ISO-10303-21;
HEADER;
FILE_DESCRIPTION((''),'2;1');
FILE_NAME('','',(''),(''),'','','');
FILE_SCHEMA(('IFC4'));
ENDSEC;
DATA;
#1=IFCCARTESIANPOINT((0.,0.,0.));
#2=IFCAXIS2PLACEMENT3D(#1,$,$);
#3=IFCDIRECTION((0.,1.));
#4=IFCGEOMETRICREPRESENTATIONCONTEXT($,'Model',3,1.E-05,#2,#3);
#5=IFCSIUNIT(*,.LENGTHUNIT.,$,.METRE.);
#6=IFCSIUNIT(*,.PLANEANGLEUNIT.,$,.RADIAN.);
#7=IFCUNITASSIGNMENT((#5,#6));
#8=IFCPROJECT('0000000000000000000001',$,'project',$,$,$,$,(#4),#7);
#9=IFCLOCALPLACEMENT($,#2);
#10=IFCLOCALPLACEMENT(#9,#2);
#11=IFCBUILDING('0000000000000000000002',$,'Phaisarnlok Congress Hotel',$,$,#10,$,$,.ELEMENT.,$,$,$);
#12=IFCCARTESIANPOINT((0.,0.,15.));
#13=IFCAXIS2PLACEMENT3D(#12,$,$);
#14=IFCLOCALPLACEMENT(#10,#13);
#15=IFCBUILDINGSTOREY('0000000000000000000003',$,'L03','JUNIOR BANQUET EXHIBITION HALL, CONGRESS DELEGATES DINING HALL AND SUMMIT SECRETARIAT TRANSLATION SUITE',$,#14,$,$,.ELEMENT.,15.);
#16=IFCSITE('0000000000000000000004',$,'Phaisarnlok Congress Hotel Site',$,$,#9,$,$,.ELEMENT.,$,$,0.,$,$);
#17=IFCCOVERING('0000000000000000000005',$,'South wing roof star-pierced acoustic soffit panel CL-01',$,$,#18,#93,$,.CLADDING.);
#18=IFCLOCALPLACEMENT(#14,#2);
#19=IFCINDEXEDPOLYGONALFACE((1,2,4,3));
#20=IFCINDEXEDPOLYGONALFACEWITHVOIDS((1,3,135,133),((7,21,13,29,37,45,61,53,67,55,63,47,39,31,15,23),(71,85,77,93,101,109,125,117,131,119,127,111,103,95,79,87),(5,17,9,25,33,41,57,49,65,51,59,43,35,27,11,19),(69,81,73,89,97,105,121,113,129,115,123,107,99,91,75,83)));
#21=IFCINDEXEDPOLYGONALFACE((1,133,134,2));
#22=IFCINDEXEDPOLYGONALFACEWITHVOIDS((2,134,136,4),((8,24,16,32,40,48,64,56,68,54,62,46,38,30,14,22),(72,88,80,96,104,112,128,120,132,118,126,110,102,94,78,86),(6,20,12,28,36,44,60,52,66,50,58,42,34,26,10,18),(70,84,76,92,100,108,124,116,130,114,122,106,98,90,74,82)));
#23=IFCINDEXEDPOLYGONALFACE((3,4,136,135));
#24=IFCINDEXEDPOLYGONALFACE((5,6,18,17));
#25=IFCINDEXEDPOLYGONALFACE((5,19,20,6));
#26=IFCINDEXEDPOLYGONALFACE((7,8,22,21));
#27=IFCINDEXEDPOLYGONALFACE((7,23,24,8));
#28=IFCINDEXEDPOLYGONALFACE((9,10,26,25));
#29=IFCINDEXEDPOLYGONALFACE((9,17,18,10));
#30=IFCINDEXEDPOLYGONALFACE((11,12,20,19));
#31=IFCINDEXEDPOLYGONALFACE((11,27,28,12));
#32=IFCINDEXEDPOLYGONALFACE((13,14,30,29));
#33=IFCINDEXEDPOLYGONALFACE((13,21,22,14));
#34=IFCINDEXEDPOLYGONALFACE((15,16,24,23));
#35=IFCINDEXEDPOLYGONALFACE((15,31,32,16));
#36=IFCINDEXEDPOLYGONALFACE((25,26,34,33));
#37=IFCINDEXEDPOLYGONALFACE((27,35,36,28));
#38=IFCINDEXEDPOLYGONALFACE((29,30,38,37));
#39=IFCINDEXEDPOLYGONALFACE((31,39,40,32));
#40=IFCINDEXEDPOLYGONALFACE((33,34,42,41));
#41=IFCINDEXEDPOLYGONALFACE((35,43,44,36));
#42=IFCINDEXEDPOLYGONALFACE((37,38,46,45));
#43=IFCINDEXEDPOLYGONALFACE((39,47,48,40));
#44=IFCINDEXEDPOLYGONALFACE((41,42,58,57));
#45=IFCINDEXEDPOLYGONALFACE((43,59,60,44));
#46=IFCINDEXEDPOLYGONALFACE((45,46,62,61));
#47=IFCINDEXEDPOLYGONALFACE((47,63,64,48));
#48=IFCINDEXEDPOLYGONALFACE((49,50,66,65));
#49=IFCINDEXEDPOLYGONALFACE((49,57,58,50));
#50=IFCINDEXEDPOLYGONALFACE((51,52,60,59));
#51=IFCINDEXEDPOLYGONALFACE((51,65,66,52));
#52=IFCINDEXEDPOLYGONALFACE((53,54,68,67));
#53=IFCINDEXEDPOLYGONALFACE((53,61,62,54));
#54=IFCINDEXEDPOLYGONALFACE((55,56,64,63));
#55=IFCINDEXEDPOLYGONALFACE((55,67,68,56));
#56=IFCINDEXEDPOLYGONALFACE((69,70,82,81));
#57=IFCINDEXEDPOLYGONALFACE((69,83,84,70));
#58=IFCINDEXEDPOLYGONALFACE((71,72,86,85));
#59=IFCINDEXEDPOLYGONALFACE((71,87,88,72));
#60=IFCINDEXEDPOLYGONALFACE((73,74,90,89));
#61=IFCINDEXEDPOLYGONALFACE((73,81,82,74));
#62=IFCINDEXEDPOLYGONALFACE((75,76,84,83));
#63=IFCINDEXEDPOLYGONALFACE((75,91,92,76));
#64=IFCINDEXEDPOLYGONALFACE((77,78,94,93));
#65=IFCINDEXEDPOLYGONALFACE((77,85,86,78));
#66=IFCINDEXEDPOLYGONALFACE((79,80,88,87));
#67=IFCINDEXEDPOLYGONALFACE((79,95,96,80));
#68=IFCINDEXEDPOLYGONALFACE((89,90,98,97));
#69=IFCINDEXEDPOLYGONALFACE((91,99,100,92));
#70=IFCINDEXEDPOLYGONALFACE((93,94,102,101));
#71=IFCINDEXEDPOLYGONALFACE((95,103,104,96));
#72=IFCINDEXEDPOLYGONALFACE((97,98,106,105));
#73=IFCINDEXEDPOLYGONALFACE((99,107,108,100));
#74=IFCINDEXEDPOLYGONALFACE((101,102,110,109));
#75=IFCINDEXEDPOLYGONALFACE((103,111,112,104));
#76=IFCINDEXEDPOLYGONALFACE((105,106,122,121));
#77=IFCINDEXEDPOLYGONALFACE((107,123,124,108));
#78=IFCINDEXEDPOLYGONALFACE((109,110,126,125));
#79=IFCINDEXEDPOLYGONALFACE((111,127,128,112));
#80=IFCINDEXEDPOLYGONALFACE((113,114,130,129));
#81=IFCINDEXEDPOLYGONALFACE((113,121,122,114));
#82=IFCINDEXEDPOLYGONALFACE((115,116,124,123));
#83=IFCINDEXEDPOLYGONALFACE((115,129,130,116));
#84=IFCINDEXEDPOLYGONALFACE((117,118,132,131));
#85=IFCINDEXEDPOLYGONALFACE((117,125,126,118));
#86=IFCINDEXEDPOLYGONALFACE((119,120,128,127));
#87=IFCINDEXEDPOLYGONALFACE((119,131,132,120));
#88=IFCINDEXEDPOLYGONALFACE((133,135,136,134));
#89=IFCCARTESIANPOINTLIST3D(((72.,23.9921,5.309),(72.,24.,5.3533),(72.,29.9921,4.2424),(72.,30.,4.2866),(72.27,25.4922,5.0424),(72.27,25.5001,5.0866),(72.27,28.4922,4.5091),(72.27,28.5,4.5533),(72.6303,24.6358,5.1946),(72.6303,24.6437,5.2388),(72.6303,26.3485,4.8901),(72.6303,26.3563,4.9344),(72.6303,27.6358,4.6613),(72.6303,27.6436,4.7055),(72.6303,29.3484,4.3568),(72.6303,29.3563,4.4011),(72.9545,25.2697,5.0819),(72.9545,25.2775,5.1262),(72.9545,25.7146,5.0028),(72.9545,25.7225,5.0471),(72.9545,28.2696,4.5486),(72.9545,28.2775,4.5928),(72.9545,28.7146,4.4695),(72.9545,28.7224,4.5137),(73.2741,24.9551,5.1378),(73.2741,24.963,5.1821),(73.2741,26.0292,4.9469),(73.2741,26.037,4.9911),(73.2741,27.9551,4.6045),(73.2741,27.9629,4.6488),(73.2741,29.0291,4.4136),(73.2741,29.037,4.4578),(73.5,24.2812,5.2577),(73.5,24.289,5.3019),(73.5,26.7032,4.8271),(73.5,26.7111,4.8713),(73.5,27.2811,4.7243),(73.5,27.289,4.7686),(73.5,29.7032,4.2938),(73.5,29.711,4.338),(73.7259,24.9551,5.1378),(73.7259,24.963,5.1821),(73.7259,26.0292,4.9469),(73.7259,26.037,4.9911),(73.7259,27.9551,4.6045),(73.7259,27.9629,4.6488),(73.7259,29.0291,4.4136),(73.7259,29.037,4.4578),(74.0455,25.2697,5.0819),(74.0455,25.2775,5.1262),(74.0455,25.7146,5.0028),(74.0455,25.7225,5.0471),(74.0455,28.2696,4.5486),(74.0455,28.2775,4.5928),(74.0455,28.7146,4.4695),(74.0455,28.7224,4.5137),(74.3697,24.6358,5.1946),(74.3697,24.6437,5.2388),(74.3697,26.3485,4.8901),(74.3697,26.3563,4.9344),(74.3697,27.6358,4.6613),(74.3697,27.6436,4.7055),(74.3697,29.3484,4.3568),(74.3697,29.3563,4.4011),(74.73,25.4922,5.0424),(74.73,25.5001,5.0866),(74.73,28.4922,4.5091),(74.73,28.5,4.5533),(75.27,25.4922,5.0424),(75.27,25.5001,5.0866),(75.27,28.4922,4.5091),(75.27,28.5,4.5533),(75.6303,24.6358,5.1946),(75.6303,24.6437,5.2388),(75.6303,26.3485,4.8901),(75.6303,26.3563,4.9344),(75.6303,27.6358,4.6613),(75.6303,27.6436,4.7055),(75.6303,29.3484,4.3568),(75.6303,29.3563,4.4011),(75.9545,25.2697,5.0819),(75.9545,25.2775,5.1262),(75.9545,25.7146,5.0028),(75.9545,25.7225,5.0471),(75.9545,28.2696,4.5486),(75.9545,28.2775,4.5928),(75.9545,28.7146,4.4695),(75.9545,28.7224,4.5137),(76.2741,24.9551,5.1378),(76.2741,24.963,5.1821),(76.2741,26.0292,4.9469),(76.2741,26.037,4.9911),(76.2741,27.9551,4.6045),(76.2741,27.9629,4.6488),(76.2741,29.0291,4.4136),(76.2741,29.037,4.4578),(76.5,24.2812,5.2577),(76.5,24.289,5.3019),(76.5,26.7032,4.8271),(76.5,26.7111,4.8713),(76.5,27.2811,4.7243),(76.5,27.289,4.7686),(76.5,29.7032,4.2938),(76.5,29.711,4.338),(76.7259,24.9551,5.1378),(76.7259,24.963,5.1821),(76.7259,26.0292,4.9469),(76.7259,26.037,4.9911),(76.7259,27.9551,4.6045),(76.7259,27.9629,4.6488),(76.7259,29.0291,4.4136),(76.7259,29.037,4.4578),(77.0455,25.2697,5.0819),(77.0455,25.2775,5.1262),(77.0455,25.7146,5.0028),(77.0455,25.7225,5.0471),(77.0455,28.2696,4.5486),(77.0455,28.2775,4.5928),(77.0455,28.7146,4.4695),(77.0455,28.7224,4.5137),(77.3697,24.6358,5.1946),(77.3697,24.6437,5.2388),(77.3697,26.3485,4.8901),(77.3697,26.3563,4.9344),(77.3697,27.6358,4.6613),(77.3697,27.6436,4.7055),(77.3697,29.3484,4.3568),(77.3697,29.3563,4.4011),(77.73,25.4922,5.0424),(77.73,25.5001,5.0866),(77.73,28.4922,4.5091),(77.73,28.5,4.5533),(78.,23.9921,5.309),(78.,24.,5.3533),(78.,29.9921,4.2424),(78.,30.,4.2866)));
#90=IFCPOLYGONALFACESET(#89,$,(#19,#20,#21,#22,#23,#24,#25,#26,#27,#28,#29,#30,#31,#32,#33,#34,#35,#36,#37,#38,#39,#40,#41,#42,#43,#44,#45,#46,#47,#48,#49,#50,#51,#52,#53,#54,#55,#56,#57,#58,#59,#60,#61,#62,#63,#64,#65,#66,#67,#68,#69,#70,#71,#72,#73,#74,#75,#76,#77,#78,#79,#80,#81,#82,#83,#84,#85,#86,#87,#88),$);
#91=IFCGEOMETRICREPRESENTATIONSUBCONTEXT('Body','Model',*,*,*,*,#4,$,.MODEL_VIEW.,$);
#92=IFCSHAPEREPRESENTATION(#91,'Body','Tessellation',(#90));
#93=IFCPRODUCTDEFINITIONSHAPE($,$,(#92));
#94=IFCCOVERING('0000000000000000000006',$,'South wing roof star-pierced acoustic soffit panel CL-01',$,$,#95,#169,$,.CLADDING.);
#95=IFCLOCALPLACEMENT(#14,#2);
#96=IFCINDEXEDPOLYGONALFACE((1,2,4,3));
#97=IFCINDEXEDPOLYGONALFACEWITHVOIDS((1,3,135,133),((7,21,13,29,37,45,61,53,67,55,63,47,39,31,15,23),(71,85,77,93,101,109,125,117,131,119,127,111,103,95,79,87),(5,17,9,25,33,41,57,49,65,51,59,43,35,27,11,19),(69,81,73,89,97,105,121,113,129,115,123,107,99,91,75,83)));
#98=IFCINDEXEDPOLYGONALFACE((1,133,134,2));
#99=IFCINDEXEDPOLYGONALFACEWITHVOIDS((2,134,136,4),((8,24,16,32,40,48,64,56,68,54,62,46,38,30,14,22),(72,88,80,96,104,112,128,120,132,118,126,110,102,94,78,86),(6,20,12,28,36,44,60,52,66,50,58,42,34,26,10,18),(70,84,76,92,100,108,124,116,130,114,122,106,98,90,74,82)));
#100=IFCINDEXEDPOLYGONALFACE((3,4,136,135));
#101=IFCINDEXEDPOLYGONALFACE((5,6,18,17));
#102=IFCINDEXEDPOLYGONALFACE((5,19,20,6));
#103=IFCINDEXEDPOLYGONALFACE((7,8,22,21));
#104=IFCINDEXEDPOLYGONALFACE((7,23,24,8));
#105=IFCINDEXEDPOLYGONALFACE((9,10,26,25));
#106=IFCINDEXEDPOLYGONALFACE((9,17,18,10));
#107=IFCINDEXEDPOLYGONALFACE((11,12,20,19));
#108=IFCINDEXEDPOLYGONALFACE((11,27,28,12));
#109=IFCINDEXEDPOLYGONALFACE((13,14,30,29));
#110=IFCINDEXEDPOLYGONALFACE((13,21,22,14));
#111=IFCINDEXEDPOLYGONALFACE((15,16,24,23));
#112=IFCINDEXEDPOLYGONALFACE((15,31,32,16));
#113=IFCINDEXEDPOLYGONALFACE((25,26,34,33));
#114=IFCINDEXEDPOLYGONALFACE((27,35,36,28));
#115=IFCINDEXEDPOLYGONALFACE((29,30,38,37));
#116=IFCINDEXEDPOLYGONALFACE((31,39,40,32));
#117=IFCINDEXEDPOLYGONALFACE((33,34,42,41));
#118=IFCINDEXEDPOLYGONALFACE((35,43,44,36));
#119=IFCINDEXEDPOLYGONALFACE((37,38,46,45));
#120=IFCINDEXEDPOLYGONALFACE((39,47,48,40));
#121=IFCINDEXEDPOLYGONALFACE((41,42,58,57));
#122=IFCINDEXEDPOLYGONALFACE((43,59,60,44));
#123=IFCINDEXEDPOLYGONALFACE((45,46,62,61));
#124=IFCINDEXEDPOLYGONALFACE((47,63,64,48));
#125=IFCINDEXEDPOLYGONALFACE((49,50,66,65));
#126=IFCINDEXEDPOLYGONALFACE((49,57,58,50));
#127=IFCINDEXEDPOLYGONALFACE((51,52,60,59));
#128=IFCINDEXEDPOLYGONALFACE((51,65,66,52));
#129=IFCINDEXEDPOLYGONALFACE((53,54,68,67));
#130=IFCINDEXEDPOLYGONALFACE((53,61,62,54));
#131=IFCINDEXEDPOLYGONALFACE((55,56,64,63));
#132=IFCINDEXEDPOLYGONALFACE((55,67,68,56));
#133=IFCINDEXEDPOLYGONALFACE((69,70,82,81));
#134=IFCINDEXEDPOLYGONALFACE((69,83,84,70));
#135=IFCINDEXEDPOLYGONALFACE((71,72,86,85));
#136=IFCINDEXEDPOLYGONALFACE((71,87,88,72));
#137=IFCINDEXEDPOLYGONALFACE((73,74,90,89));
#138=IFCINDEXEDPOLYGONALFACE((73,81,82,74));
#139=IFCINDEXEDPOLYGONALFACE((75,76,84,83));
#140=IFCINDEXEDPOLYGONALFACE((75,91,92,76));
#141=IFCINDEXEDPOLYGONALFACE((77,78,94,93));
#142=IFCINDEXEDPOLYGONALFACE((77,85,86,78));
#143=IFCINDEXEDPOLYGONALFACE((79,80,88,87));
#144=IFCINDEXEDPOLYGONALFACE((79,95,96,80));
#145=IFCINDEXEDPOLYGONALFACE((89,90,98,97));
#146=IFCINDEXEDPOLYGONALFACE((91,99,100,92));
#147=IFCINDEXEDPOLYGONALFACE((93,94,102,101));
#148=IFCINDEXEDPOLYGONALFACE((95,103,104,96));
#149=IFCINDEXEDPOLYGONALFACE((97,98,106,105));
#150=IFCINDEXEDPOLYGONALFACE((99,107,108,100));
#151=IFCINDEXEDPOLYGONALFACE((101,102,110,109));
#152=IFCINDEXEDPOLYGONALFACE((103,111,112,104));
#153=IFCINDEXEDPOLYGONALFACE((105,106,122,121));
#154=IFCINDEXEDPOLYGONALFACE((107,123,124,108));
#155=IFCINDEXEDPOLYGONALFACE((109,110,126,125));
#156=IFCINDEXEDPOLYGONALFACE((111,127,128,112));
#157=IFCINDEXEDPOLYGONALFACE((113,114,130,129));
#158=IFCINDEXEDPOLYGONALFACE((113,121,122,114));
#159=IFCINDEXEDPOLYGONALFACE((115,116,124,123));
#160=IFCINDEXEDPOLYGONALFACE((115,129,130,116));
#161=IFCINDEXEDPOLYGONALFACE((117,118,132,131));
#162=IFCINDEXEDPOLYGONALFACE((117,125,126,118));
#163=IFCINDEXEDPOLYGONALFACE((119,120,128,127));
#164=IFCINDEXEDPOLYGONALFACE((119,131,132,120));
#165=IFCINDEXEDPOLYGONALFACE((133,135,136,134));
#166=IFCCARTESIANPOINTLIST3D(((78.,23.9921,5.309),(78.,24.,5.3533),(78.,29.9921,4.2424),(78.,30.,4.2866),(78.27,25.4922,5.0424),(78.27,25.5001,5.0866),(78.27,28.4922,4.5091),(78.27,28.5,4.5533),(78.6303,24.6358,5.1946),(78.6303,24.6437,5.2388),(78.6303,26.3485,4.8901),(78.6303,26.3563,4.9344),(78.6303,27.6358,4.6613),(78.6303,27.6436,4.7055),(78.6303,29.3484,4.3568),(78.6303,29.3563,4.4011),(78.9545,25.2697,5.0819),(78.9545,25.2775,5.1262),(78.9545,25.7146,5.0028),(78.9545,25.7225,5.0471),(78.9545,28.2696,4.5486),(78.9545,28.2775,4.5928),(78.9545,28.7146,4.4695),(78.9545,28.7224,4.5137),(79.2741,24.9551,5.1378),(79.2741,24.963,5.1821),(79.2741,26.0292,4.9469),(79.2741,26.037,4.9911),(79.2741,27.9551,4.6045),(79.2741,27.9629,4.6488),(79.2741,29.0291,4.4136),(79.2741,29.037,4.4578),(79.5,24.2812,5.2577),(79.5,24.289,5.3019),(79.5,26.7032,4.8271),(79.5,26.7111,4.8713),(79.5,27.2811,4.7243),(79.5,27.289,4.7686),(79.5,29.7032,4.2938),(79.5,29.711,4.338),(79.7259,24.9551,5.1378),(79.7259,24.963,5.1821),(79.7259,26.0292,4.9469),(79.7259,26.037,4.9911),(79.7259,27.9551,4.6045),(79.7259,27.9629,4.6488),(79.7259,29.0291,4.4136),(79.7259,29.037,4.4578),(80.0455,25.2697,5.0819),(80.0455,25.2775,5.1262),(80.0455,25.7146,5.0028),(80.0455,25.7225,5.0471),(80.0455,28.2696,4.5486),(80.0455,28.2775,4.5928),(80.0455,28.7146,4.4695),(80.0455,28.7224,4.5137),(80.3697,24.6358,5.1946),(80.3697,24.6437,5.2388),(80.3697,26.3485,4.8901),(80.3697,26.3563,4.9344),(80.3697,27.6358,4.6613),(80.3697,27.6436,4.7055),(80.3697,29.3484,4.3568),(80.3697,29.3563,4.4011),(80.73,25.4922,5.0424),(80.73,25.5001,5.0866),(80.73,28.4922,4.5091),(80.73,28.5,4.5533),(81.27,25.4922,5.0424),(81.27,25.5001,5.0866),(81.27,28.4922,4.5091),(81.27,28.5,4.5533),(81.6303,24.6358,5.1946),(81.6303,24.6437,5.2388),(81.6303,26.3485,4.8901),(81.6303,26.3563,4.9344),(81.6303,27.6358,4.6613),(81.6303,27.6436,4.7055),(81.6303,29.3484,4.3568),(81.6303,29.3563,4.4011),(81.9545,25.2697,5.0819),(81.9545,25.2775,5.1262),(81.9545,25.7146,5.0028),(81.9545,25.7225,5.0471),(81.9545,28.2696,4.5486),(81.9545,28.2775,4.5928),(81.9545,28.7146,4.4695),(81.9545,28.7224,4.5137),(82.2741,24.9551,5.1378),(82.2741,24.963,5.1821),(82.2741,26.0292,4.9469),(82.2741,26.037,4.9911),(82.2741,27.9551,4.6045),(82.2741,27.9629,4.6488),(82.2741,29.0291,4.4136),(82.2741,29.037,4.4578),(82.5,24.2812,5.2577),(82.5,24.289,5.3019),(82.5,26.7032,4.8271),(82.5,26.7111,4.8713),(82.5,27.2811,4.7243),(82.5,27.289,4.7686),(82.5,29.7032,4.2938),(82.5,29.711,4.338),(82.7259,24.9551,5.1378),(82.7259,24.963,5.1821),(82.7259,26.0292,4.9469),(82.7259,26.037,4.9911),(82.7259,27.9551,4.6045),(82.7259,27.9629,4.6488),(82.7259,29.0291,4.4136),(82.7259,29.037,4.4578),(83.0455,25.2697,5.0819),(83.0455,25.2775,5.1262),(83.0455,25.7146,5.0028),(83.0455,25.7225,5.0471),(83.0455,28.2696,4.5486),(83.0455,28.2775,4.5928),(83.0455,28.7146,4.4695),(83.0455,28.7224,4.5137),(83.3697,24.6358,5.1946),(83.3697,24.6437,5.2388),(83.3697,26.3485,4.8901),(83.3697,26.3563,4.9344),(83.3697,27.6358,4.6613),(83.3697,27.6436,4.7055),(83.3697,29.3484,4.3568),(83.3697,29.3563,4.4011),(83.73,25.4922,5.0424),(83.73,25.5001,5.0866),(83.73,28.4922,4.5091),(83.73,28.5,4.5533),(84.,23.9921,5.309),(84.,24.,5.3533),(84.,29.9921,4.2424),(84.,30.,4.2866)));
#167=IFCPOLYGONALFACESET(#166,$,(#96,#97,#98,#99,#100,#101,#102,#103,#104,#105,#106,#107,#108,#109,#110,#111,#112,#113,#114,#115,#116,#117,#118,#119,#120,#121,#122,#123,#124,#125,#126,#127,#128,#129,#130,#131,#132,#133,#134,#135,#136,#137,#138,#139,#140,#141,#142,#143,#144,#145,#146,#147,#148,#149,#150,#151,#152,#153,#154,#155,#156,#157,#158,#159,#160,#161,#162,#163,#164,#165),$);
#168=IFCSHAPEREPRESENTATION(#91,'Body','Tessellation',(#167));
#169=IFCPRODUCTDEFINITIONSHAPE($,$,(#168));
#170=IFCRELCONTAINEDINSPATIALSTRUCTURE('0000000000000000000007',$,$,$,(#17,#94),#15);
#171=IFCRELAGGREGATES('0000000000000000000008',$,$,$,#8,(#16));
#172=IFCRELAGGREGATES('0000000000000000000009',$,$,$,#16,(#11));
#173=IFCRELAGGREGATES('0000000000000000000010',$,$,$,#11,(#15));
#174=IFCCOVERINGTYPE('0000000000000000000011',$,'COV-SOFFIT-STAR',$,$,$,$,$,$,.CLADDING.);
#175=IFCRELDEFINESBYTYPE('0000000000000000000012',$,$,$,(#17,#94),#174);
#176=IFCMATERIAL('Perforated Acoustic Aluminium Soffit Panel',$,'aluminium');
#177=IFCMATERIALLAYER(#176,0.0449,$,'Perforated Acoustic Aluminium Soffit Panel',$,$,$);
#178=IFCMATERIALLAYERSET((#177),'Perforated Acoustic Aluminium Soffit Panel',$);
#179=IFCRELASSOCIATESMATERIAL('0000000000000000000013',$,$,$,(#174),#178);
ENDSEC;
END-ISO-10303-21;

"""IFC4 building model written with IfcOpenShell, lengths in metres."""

from ifc_helpers import new_model, si_unit, direction, frame, origin, place, context, subcontext, project, spatial, polyline, outline, extrude, material, layer, layer_set, type_object, element, save


model = new_model("IFC4")

# Units and contexts
model_context = context("Model", 3, precision=1e-05, world=origin(), true_north=direction((0.0, 1.0)))
body_context = subcontext(model_context, "Body", "Model", "MODEL_VIEW")
ifc_project = project(units=[si_unit("LENGTHUNIT", "METRE"), si_unit("PLANEANGLEUNIT", "RADIAN")], contexts=[model_context])

# Site, building, storey
site_placement = place(None, origin())
site = spatial("IfcSite", under=ifc_project, at=site_placement, Name="Phaisarnlok Congress Hotel Site", CompositionType="ELEMENT", RefElevation=0.0)
building_placement = place(site_placement, origin())
building = spatial("IfcBuilding", under=site, at=building_placement, Name="Phaisarnlok Congress Hotel", CompositionType="ELEMENT")
storey_placement = place(building_placement, frame((0.0, 0.0, 15.0)))
storey = spatial("IfcBuildingStorey", under=building, at=storey_placement, Name="L03", Description="JUNIOR BANQUET EXHIBITION HALL, CONGRESS DELEGATES DINING HALL AND SUMMIT SECRETARIAT TRANSLATION SUITE", CompositionType="ELEMENT", Elevation=15.0)

# Coverings
ifc_material_1 = material(Name="Perforated Acoustic Aluminium Soffit Panel", Category="aluminium")
ifc_layer_1 = layer(ifc_material_1, 0.0449, Name="Perforated Acoustic Aluminium Soffit Panel")
ifc_layer_set_1 = layer_set([ifc_layer_1], Name="Perforated Acoustic Aluminium Soffit Panel")
covering_type = type_object("IfcCoveringType", Name="COV-SOFFIT-STAR", PredefinedType="CLADDING", material=ifc_layer_set_1)
for number, where, z_axis, x_axis, name in (
    (1, (72.0, 30.0, 4.2866), (0.0, -0.175031, -0.984563), (1.0, 0.0, 0.0), "South wing roof star-pierced acoustic soffit panel CL-01"),
    (2, (78.0, 30.0, 4.2866), (0.0, -0.175031, -0.984563), (1.0, 0.0, 0.0), "South wing roof star-pierced acoustic soffit panel CL-01"),
):
    element("IfcCovering", number, at=place(storey_placement, frame(where, z_axis=z_axis, x_axis=x_axis)), inside=storey, type_object=covering_type, Name=name, PredefinedType="CLADDING", context=body_context, shape_type="SweptSolid", body=[
        extrude(outline(polyline([(0.0, 0.0), (6.0, 0.0), (6.0, 6.0941), (0.0, 6.0941), (0.0, 0.0)]), holes=[polyline([(2.0455, 1.2976), (2.3697, 0.6538), (1.7259, 0.9781), (1.5, 0.2935), (1.2741, 0.9781), (0.6303, 0.6538), (0.9545, 1.2976), (0.27, 1.5235), (0.9545, 1.7495), (0.6303, 2.3933), (1.2741, 2.069), (1.5, 2.7535), (1.7259, 2.069), (2.3697, 2.3933), (2.0455, 1.7495), (2.73, 1.5235), (2.0455, 1.2976)]), polyline([(2.0455, 4.3446), (2.3697, 3.7008), (1.7259, 4.0251), (1.5, 3.3405), (1.2741, 4.0251), (0.6303, 3.7008), (0.9545, 4.3446), (0.27, 4.5705), (0.9545, 4.7965), (0.6303, 5.4403), (1.2741, 5.116), (1.5, 5.8005), (1.7259, 5.116), (2.3697, 5.4403), (2.0455, 4.7965), (2.73, 4.5705), (2.0455, 4.3446)]), polyline([(5.0455, 1.2976), (5.3697, 0.6538), (4.7259, 0.9781), (4.5, 0.2935), (4.2741, 0.9781), (3.6303, 0.6538), (3.9545, 1.2976), (3.27, 1.5235), (3.9545, 1.7495), (3.6303, 2.3933), (4.2741, 2.069), (4.5, 2.7535), (4.7259, 2.069), (5.3697, 2.3933), (5.0455, 1.7495), (5.73, 1.5235), (5.0455, 1.2976)]), polyline([(5.0455, 4.3446), (5.3697, 3.7008), (4.7259, 4.0251), (4.5, 3.3405), (4.2741, 4.0251), (3.6303, 3.7008), (3.9545, 4.3446), (3.27, 4.5705), (3.9545, 4.7965), (3.6303, 5.4403), (4.2741, 5.116), (4.5, 5.8005), (4.7259, 5.116), (5.3697, 5.4403), (5.0455, 4.7965), (5.73, 4.5705), (5.0455, 4.3446)])]), origin(), (0.0, 0.0, 1.0), 0.0449),
    ])

save(model, "model.ifc")
